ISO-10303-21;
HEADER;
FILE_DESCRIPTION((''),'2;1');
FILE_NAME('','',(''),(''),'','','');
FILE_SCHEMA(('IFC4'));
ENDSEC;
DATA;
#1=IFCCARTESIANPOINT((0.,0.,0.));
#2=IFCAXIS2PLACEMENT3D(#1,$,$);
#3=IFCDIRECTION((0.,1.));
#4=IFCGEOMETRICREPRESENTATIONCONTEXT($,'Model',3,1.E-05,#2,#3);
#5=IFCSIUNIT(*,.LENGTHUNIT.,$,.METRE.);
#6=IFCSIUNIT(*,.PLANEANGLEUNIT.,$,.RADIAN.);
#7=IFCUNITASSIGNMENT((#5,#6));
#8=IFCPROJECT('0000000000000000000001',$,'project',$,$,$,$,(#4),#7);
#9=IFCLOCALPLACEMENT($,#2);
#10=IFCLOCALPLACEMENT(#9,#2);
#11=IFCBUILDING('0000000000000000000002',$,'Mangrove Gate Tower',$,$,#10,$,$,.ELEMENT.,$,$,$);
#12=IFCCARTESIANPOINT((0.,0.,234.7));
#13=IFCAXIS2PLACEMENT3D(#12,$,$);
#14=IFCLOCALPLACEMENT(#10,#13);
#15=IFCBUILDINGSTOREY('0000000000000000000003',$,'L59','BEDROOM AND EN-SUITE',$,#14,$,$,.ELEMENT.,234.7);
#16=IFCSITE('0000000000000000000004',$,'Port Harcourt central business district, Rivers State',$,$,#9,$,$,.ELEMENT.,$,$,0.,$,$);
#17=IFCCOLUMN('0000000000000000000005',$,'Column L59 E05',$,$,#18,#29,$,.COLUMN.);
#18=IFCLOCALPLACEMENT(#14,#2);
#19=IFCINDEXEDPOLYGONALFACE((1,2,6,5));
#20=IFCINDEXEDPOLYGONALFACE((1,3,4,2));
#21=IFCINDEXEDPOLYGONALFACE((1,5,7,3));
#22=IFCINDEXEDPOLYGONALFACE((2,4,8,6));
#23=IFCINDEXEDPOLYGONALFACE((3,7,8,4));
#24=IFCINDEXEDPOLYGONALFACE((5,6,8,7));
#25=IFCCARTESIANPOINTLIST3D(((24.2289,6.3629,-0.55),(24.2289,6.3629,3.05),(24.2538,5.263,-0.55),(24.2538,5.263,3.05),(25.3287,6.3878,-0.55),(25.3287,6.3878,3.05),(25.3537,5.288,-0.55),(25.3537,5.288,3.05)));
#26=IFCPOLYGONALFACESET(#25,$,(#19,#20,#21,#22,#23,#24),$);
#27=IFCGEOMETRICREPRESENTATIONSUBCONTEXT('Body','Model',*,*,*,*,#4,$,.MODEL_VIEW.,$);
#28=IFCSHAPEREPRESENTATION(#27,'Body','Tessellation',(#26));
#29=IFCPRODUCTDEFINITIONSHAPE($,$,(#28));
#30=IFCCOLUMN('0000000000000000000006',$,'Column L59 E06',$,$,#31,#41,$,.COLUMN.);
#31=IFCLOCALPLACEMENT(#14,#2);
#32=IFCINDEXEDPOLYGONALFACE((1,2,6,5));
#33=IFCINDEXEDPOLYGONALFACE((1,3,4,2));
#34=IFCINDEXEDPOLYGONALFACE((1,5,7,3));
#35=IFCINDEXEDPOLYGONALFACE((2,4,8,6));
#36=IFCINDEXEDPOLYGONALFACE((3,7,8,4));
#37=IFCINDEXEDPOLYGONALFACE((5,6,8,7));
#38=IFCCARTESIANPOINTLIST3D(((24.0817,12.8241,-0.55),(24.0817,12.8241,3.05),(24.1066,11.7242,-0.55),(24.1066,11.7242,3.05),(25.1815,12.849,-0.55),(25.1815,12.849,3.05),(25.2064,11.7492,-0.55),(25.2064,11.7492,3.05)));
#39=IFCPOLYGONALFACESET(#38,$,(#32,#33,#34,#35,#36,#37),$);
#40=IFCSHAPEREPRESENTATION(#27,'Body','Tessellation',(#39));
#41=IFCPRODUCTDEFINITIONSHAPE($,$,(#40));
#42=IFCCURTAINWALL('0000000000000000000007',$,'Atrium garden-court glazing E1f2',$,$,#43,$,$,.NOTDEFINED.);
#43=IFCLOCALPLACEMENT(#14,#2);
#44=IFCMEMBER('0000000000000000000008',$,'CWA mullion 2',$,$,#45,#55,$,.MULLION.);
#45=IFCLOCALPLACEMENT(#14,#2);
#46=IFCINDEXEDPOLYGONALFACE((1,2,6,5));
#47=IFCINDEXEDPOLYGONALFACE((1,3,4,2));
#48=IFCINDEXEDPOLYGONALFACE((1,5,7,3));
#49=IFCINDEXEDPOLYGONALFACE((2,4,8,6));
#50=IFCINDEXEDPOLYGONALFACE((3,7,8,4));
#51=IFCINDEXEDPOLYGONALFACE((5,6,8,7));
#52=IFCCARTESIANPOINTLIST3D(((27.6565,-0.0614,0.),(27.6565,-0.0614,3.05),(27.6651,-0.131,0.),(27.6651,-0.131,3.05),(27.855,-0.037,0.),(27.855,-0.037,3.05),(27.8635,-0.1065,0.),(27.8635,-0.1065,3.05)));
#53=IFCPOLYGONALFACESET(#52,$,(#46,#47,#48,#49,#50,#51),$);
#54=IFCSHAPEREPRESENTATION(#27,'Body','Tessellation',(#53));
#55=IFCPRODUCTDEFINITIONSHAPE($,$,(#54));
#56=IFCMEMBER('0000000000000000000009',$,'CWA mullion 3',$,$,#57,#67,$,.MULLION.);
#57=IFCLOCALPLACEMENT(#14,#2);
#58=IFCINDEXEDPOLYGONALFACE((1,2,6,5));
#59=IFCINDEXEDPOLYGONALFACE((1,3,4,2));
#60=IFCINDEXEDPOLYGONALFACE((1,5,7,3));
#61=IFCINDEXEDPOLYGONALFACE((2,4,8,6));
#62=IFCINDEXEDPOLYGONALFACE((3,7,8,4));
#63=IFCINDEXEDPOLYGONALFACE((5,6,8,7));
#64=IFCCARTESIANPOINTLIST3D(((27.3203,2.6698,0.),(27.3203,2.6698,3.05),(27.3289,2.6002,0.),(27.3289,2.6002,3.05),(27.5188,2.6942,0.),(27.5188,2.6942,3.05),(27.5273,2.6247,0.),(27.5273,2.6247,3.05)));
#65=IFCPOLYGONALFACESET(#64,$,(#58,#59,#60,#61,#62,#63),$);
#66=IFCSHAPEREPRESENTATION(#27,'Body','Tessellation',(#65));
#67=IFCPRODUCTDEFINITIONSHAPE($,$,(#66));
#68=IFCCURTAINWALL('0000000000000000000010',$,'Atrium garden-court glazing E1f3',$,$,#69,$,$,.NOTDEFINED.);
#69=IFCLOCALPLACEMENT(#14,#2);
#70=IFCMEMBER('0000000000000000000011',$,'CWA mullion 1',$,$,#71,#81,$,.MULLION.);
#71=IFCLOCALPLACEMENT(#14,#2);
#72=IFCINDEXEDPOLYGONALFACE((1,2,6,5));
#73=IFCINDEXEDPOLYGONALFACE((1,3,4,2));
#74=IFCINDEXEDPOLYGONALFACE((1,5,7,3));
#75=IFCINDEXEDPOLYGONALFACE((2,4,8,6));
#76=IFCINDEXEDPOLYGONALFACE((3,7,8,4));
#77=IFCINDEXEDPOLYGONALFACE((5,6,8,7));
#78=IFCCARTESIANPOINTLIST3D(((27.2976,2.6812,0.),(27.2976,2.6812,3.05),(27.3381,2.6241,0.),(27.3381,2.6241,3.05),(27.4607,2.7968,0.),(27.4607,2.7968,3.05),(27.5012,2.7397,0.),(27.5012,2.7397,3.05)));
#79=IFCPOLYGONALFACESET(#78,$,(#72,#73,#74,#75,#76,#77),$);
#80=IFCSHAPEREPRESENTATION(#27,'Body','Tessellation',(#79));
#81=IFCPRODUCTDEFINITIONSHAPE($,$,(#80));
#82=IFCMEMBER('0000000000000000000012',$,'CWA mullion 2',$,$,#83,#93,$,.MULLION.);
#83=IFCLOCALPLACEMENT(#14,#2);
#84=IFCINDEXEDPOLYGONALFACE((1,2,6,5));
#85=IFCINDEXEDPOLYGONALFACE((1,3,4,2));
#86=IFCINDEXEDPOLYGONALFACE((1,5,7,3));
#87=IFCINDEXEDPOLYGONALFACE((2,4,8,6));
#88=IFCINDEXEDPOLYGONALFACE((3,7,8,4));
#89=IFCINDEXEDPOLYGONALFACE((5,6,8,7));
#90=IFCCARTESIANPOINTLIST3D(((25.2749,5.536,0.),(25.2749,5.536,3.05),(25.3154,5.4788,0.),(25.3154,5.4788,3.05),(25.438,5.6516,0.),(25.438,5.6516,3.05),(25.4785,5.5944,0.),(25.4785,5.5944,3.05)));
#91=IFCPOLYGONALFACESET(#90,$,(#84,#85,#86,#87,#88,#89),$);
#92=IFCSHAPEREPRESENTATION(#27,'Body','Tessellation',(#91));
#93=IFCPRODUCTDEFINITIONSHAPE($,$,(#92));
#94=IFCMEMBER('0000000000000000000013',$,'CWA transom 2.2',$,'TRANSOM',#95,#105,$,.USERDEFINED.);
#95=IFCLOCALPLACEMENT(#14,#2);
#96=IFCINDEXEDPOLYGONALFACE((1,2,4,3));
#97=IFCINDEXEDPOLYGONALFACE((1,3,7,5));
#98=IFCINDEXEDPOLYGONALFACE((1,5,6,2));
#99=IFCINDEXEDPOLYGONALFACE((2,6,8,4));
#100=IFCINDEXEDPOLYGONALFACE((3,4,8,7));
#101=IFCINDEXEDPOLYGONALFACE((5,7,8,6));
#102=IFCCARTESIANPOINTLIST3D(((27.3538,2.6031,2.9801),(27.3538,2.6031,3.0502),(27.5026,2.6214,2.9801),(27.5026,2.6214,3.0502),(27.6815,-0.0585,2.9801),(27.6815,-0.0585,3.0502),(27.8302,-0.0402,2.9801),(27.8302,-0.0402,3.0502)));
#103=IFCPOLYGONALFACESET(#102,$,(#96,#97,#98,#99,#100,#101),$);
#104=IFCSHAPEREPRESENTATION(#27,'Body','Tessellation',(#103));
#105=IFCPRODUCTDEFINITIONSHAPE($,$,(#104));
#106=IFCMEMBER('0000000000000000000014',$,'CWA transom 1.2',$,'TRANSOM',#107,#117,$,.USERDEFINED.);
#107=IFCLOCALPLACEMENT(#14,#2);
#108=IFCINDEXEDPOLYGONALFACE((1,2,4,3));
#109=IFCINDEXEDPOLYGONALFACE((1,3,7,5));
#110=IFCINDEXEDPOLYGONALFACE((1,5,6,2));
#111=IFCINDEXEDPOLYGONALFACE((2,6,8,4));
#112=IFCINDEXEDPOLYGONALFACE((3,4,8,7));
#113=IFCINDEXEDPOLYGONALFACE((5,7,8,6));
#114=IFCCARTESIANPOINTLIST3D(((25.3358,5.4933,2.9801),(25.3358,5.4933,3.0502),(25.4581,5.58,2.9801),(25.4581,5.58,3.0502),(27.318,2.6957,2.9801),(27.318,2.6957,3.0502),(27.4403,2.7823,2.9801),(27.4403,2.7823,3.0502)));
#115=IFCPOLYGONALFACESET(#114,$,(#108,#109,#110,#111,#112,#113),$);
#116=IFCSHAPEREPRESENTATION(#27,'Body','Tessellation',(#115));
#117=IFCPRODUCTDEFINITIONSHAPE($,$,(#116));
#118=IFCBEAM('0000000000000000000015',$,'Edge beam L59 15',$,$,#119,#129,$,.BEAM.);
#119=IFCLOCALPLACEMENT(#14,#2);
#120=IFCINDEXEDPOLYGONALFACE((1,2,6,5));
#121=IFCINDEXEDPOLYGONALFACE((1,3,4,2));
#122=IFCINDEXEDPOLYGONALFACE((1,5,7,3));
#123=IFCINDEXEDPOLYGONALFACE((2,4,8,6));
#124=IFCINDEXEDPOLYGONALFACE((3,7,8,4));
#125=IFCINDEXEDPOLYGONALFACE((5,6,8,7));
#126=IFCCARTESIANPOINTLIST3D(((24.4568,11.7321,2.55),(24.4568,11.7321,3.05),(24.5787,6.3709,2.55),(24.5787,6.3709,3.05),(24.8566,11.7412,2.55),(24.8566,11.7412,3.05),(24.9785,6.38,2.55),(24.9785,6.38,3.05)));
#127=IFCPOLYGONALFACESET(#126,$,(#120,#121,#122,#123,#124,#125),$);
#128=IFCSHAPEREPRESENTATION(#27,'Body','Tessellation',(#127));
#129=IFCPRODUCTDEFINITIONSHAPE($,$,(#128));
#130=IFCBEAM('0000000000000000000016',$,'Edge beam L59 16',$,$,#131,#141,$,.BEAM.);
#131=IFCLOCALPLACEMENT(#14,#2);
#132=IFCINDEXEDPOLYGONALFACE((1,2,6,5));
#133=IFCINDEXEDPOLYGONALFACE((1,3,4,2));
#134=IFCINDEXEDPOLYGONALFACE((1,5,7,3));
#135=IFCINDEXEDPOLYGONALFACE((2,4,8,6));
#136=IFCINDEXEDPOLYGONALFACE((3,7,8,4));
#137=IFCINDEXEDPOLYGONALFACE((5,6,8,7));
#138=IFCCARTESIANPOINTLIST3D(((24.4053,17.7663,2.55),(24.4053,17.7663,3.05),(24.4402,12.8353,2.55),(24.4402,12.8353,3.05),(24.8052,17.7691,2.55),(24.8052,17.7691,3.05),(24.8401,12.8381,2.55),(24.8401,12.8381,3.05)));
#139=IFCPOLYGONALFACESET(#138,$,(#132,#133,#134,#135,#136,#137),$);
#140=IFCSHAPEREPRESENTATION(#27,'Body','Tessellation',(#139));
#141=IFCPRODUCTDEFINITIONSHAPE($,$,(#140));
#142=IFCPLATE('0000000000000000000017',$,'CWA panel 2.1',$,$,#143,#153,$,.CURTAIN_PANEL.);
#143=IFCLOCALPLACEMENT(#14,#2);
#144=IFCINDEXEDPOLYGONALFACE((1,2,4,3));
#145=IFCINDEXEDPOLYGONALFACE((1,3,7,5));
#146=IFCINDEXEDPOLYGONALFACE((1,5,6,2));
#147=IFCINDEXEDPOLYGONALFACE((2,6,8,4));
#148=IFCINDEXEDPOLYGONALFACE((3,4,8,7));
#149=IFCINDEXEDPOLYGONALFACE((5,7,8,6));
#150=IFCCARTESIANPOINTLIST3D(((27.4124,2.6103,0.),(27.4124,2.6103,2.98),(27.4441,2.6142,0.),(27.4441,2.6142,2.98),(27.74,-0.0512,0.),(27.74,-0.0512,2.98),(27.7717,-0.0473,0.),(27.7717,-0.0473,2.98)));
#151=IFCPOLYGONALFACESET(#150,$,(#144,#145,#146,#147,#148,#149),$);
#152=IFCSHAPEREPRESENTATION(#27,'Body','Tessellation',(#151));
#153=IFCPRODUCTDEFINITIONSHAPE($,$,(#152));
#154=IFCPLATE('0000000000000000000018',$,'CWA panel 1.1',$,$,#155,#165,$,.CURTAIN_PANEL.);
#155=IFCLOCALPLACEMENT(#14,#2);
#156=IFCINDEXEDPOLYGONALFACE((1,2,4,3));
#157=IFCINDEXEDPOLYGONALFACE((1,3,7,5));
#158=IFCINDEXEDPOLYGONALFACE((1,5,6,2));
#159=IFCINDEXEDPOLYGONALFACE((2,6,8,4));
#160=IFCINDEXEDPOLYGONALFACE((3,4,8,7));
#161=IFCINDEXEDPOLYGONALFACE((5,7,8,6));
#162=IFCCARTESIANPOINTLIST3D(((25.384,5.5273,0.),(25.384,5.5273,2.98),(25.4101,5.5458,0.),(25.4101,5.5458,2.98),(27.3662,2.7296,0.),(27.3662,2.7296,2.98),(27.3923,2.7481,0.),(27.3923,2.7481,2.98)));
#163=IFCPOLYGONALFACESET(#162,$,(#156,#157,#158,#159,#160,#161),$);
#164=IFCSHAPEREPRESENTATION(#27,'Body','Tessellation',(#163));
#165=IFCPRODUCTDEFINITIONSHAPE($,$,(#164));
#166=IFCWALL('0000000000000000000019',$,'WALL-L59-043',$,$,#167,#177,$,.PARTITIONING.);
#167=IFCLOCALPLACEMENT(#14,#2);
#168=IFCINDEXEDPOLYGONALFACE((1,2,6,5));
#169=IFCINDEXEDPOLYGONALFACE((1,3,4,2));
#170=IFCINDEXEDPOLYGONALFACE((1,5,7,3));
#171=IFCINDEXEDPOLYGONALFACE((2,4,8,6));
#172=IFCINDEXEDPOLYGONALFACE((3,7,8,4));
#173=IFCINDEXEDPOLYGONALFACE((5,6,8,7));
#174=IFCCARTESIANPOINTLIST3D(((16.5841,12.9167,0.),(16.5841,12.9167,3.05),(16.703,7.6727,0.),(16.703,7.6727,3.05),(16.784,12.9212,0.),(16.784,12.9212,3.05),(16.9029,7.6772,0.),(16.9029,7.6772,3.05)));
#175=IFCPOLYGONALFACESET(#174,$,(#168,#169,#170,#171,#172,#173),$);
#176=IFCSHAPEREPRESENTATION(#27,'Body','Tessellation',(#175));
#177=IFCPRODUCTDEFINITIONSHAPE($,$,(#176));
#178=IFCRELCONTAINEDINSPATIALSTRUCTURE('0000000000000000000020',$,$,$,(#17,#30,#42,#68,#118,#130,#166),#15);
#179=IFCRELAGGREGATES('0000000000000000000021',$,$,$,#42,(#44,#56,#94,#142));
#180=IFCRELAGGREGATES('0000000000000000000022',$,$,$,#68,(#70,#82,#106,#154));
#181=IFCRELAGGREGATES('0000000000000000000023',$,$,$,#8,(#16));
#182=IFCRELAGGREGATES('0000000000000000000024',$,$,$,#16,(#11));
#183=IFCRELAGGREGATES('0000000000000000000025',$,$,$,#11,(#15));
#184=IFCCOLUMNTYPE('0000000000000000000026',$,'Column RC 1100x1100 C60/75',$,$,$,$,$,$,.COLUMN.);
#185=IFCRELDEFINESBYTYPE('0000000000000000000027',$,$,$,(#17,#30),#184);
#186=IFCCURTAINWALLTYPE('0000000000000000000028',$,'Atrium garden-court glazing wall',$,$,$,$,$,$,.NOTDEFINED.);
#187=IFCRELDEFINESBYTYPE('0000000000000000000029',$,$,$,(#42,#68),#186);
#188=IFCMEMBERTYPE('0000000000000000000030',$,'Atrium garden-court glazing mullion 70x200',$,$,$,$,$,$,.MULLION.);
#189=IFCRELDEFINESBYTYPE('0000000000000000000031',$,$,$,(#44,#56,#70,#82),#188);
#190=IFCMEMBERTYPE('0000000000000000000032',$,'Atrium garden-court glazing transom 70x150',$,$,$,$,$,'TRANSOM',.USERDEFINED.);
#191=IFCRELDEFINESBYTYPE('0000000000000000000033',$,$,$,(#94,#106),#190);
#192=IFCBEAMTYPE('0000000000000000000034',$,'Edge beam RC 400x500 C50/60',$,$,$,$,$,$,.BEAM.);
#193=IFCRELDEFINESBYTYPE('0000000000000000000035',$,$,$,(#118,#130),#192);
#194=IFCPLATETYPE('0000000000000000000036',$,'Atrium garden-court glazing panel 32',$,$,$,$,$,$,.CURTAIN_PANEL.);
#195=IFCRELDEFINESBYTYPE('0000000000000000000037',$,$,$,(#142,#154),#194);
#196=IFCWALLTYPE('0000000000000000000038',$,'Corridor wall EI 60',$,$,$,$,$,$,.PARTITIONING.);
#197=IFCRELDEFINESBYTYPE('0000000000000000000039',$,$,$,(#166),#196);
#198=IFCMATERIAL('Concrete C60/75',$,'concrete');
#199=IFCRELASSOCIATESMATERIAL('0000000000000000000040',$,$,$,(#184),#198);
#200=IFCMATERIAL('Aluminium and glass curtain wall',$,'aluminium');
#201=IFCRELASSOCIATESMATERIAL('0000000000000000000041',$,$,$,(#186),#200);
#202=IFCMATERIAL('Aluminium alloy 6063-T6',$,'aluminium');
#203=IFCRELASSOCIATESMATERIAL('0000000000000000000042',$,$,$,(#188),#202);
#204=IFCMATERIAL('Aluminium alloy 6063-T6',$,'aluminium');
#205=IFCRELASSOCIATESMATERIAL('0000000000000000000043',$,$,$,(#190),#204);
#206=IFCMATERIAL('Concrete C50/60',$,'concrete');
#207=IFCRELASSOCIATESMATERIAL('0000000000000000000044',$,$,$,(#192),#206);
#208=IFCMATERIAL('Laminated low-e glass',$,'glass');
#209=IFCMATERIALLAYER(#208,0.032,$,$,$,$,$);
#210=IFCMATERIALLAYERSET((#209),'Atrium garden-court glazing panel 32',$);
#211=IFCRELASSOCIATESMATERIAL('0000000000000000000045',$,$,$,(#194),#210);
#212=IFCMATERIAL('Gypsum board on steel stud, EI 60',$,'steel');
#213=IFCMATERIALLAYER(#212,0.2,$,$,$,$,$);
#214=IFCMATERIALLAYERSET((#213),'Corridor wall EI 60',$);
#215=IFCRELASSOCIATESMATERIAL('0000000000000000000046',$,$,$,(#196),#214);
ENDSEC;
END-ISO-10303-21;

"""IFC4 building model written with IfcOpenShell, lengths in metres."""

from ifc_helpers import new_model, si_unit, direction, frame, frame_2d, origin, origin_2d, place, context, subcontext, project, spatial, rectangle, extrude, material, layer, layer_set, material_profile, profile_set, type_object, element, aggregate, save


model = new_model("IFC4")

# Units and contexts
model_context = context("Model", 3, precision=1e-05, world=origin(), true_north=direction((0.0, 1.0)))
body_context = subcontext(model_context, "Body", "Model", "MODEL_VIEW")
ifc_project = project(units=[si_unit("LENGTHUNIT", "METRE"), si_unit("PLANEANGLEUNIT", "RADIAN")], contexts=[model_context])

# Site, building, storey
site_placement = place(None, origin())
site = spatial("IfcSite", under=ifc_project, at=site_placement, Name="Port Harcourt central business district, Rivers State", CompositionType="ELEMENT", RefElevation=0.0)
building_placement = place(site_placement, origin())
building = spatial("IfcBuilding", under=site, at=building_placement, Name="Mangrove Gate Tower", CompositionType="ELEMENT")
storey_placement = place(building_placement, frame((0.0, 0.0, 234.7)))
storey = spatial("IfcBuildingStorey", under=building, at=storey_placement, Name="L59", Description="BEDROOM AND EN-SUITE", CompositionType="ELEMENT", Elevation=234.7)

# Columns
ifc_material_1 = material(Name="Concrete C60/75", Category="concrete")
ifc_material_profile_1 = material_profile(ifc_material_1, rectangle(XDim=1.1001, YDim=1.1001, at=origin_2d()))
ifc_profile_set_1 = profile_set([ifc_material_profile_1], Name="Concrete C60/75")
column_type = type_object("IfcColumnType", Name="Column RC 1100x1100 C60/75", PredefinedType="COLUMN", material=ifc_profile_set_1)
for number, where, z_axis, x_axis, name in (
    (1, (24.7913, 5.8254, -0.55), (0.0, 0.0, 1.0), (-0.022708, 0.999742, 0.0), "Column L59 E05"),
    (2, (24.644, 12.2866, -0.55), (0.0, 0.0, 1.0), (-0.022669, 0.999743, 0.0), "Column L59 E06"),
):
    element("IfcColumn", number, at=place(storey_placement, frame(where, z_axis=z_axis, x_axis=x_axis)), inside=storey, type_object=column_type, Name=name, PredefinedType="COLUMN", context=body_context, shape_type="SweptSolid", body=[
        extrude(rectangle(XDim=1.1001, YDim=1.1001, at=origin_2d()), origin(), (0.0, 0.0, 1.0), 3.6001),
    ])

# Curtain walls, members
ifc_material_2 = material(Name="Aluminium and glass curtain wall", Category="aluminium")
curtain_wall_type = type_object("IfcCurtainWallType", Name="Atrium garden-court glazing wall", PredefinedType="NOTDEFINED", material=ifc_material_2)
curtain_wall_1_placement = place(storey_placement, origin())
curtain_wall_1 = element("IfcCurtainWall", 3, at=curtain_wall_1_placement, inside=storey, type_object=curtain_wall_type, Name="Atrium garden-court glazing E1f2", PredefinedType="NOTDEFINED")
ifc_material_3 = material(Name="Aluminium alloy 6063-T6", Category="aluminium")
ifc_material_profile_2 = material_profile(ifc_material_3, rectangle(XDim=0.0701, YDim=0.2, at=origin_2d()))
ifc_profile_set_2 = profile_set([ifc_material_profile_2], Name="Aluminium alloy 6063-T6")
member_type_1 = type_object("IfcMemberType", Name="Atrium garden-court glazing mullion 70x200", PredefinedType="MULLION", material=ifc_profile_set_2)
member_1_placement = place(storey_placement, frame((27.76, -0.084, 0.0), z_axis=(0.0, 0.0, 1.0), x_axis=(-0.122172, 0.992509, 0.0)))
member_1 = element("IfcMember", 4, at=member_1_placement, type_object=member_type_1, Name="CWA mullion 2", PredefinedType="MULLION", context=body_context, shape_type="SweptSolid", body=[
    extrude(rectangle(XDim=0.0701, YDim=0.2, at=origin_2d()), origin(), (0.0, 0.0, 1.0), 3.05),
])
member_2_placement = place(storey_placement, frame((27.4238, 2.6472, 0.0), z_axis=(0.0, 0.0, 1.0), x_axis=(-0.122172, 0.992509, 0.0)))
member_2 = element("IfcMember", 5, at=member_2_placement, type_object=member_type_1, Name="CWA mullion 3", PredefinedType="MULLION", context=body_context, shape_type="SweptSolid", body=[
    extrude(rectangle(XDim=0.0701, YDim=0.2, at=origin_2d()), origin(), (0.0, 0.0, 1.0), 3.05),
])
curtain_wall_2_placement = place(storey_placement, origin())
curtain_wall_2 = element("IfcCurtainWall", 6, at=curtain_wall_2_placement, inside=storey, type_object=curtain_wall_type, Name="Atrium garden-court glazing E1f3", PredefinedType="NOTDEFINED")
member_3_placement = place(storey_placement, frame((27.3994, 2.7104, 0.0), z_axis=(0.0, 0.0, 1.0), x_axis=(-0.578121, 0.815951, 0.0)))
member_3 = element("IfcMember", 7, at=member_3_placement, type_object=member_type_1, Name="CWA mullion 1", PredefinedType="MULLION", context=body_context, shape_type="SweptSolid", body=[
    extrude(rectangle(XDim=0.0701, YDim=0.2, at=origin_2d()), origin(), (0.0, 0.0, 1.0), 3.05),
])
member_4_placement = place(storey_placement, frame((25.3767, 5.5652, 0.0), z_axis=(0.0, 0.0, 1.0), x_axis=(-0.578121, 0.815951, 0.0)))
member_4 = element("IfcMember", 8, at=member_4_placement, type_object=member_type_1, Name="CWA mullion 2", PredefinedType="MULLION", context=body_context, shape_type="SweptSolid", body=[
    extrude(rectangle(XDim=0.0701, YDim=0.2, at=origin_2d()), origin(), (0.0, 0.0, 1.0), 3.05),
])

# Members
ifc_material_4 = material(Name="Aluminium alloy 6063-T6", Category="aluminium")
ifc_material_profile_3 = material_profile(ifc_material_4, rectangle(XDim=0.0701, YDim=0.1499, at=origin_2d()))
ifc_profile_set_3 = profile_set([ifc_material_profile_3], Name="Aluminium alloy 6063-T6")
member_type_2 = type_object("IfcMemberType", Name="Atrium garden-court glazing transom 70x150", ElementType="TRANSOM", PredefinedType="USERDEFINED", material=ifc_profile_set_3)
member_5_placement = place(storey_placement, frame((27.7559, -0.0493, 3.0151), z_axis=(-0.122175, 0.992509, 0.0), x_axis=(0.0, 0.0, 1.0)))
member_5 = element("IfcMember", 9, at=member_5_placement, type_object=member_type_2, Name="CWA transom 2.2", ObjectType="TRANSOM", PredefinedType="USERDEFINED", context=body_context, shape_type="SweptSolid", body=[
    extrude(rectangle(XDim=0.0701, YDim=0.1499, at=origin_2d()), origin(), (0.0, 0.0, 1.0), 2.6816),
])
member_6_placement = place(storey_placement, frame((27.3792, 2.739, 3.0151), z_axis=(-0.578122, 0.81595, 0.0), x_axis=(0.0, 0.0, 1.0)))
member_6 = element("IfcMember", 10, at=member_6_placement, type_object=member_type_2, Name="CWA transom 1.2", ObjectType="TRANSOM", PredefinedType="USERDEFINED", context=body_context, shape_type="SweptSolid", body=[
    extrude(rectangle(XDim=0.0701, YDim=0.1499, at=origin_2d()), origin(), (0.0, 0.0, 1.0), 3.4287),
])

# Beams
ifc_material_5 = material(Name="Concrete C50/60", Category="concrete")
ifc_material_profile_4 = material_profile(ifc_material_5, rectangle(XDim=0.3999, YDim=0.5, at=origin_2d()))
ifc_profile_set_4 = profile_set([ifc_material_profile_4], Name="Concrete C50/60")
beam_type = type_object("IfcBeamType", Name="Edge beam RC 400x500 C50/60", PredefinedType="BEAM", material=ifc_profile_set_4)
beam_1_placement = place(storey_placement, frame((24.7786, 6.3755, 2.8), z_axis=(-0.022718, 0.999742, 0.0), x_axis=(-0.999742, -0.022718, 0.0)))
element("IfcBeam", 11, at=beam_1_placement, inside=storey, type_object=beam_type, Name="Edge beam L59 15", PredefinedType="BEAM", context=body_context, shape_type="SweptSolid", body=[
    extrude(rectangle(XDim=0.3999, YDim=0.5, at=origin_2d()), origin(), (0.0, 0.0, 1.0), 5.3625),
])
beam_2_placement = place(storey_placement, frame((24.6401, 12.8367, 2.8), z_axis=(-0.00708, 0.999975, 0.0), x_axis=(-0.999975, -0.00708, 0.0)))
element("IfcBeam", 12, at=beam_2_placement, inside=storey, type_object=beam_type, Name="Edge beam L59 16", PredefinedType="BEAM", context=body_context, shape_type="SweptSolid", body=[
    extrude(rectangle(XDim=0.3999, YDim=0.5, at=origin_2d()), origin(), (0.0, 0.0, 1.0), 4.9312),
])

# Plates
ifc_material_6 = material(Name="Laminated low-e glass", Category="glass")
ifc_layer_1 = layer(ifc_material_6, 0.032)
ifc_layer_set_1 = layer_set([ifc_layer_1], Name="Atrium garden-court glazing panel 32")
plate_type = type_object("IfcPlateType", Name="Atrium garden-court glazing panel 32", PredefinedType="CURTAIN_PANEL", material=ifc_layer_set_1)
plate_1_placement = place(storey_placement, frame((27.592, 1.2815, 0.0), z_axis=(0.0, 0.0, 1.0), x_axis=(-0.122172, 0.992509, 0.0)))
plate_1 = element("IfcPlate", 13, at=plate_1_placement, type_object=plate_type, Name="CWA panel 2.1", PredefinedType="CURTAIN_PANEL", context=body_context, shape_type="SweptSolid", body=[
    extrude(rectangle(XDim=2.6816, YDim=0.032, at=origin_2d()), origin(), (0.0, 0.0, 1.0), 2.98),
])
aggregate(curtain_wall_1, [member_1, member_2, member_5, plate_1])
plate_2_placement = place(storey_placement, frame((26.3882, 4.1377, 0.0), z_axis=(0.0, 0.0, 1.0), x_axis=(-0.578121, 0.815951, 0.0)))
plate_2 = element("IfcPlate", 14, at=plate_2_placement, type_object=plate_type, Name="CWA panel 1.1", PredefinedType="CURTAIN_PANEL", context=body_context, shape_type="SweptSolid", body=[
    extrude(rectangle(XDim=3.4287, YDim=0.032, at=origin_2d()), origin(), (0.0, 0.0, 1.0), 2.98),
])
aggregate(curtain_wall_2, [member_3, member_4, member_6, plate_2])

# Wall
ifc_material_7 = material(Name="Gypsum board on steel stud, EI 60", Category="steel")
ifc_layer_2 = layer(ifc_material_7, 0.2)
ifc_layer_set_2 = layer_set([ifc_layer_2], Name="Corridor wall EI 60")
wall_type_1 = type_object("IfcWallType", Name="Corridor wall EI 60", PredefinedType="PARTITIONING", material=ifc_layer_set_2)
wall_1_placement = place(storey_placement, frame((16.803, 7.675, 0.0), z_axis=(0.0, 0.0, 1.0), x_axis=(-0.022667, 0.999743, 0.0)))
element("IfcWall", 15, at=wall_1_placement, inside=storey, type_object=wall_type_1, Name="WALL-L59-043", PredefinedType="PARTITIONING", context=body_context, shape_type="SweptSolid", body=[
    extrude(rectangle(XDim=5.2454, YDim=0.2, at=frame_2d((2.6226, 0.0))), origin(), (0.0, 0.0, 1.0), 3.05),
])

save(model, "model.ifc")
